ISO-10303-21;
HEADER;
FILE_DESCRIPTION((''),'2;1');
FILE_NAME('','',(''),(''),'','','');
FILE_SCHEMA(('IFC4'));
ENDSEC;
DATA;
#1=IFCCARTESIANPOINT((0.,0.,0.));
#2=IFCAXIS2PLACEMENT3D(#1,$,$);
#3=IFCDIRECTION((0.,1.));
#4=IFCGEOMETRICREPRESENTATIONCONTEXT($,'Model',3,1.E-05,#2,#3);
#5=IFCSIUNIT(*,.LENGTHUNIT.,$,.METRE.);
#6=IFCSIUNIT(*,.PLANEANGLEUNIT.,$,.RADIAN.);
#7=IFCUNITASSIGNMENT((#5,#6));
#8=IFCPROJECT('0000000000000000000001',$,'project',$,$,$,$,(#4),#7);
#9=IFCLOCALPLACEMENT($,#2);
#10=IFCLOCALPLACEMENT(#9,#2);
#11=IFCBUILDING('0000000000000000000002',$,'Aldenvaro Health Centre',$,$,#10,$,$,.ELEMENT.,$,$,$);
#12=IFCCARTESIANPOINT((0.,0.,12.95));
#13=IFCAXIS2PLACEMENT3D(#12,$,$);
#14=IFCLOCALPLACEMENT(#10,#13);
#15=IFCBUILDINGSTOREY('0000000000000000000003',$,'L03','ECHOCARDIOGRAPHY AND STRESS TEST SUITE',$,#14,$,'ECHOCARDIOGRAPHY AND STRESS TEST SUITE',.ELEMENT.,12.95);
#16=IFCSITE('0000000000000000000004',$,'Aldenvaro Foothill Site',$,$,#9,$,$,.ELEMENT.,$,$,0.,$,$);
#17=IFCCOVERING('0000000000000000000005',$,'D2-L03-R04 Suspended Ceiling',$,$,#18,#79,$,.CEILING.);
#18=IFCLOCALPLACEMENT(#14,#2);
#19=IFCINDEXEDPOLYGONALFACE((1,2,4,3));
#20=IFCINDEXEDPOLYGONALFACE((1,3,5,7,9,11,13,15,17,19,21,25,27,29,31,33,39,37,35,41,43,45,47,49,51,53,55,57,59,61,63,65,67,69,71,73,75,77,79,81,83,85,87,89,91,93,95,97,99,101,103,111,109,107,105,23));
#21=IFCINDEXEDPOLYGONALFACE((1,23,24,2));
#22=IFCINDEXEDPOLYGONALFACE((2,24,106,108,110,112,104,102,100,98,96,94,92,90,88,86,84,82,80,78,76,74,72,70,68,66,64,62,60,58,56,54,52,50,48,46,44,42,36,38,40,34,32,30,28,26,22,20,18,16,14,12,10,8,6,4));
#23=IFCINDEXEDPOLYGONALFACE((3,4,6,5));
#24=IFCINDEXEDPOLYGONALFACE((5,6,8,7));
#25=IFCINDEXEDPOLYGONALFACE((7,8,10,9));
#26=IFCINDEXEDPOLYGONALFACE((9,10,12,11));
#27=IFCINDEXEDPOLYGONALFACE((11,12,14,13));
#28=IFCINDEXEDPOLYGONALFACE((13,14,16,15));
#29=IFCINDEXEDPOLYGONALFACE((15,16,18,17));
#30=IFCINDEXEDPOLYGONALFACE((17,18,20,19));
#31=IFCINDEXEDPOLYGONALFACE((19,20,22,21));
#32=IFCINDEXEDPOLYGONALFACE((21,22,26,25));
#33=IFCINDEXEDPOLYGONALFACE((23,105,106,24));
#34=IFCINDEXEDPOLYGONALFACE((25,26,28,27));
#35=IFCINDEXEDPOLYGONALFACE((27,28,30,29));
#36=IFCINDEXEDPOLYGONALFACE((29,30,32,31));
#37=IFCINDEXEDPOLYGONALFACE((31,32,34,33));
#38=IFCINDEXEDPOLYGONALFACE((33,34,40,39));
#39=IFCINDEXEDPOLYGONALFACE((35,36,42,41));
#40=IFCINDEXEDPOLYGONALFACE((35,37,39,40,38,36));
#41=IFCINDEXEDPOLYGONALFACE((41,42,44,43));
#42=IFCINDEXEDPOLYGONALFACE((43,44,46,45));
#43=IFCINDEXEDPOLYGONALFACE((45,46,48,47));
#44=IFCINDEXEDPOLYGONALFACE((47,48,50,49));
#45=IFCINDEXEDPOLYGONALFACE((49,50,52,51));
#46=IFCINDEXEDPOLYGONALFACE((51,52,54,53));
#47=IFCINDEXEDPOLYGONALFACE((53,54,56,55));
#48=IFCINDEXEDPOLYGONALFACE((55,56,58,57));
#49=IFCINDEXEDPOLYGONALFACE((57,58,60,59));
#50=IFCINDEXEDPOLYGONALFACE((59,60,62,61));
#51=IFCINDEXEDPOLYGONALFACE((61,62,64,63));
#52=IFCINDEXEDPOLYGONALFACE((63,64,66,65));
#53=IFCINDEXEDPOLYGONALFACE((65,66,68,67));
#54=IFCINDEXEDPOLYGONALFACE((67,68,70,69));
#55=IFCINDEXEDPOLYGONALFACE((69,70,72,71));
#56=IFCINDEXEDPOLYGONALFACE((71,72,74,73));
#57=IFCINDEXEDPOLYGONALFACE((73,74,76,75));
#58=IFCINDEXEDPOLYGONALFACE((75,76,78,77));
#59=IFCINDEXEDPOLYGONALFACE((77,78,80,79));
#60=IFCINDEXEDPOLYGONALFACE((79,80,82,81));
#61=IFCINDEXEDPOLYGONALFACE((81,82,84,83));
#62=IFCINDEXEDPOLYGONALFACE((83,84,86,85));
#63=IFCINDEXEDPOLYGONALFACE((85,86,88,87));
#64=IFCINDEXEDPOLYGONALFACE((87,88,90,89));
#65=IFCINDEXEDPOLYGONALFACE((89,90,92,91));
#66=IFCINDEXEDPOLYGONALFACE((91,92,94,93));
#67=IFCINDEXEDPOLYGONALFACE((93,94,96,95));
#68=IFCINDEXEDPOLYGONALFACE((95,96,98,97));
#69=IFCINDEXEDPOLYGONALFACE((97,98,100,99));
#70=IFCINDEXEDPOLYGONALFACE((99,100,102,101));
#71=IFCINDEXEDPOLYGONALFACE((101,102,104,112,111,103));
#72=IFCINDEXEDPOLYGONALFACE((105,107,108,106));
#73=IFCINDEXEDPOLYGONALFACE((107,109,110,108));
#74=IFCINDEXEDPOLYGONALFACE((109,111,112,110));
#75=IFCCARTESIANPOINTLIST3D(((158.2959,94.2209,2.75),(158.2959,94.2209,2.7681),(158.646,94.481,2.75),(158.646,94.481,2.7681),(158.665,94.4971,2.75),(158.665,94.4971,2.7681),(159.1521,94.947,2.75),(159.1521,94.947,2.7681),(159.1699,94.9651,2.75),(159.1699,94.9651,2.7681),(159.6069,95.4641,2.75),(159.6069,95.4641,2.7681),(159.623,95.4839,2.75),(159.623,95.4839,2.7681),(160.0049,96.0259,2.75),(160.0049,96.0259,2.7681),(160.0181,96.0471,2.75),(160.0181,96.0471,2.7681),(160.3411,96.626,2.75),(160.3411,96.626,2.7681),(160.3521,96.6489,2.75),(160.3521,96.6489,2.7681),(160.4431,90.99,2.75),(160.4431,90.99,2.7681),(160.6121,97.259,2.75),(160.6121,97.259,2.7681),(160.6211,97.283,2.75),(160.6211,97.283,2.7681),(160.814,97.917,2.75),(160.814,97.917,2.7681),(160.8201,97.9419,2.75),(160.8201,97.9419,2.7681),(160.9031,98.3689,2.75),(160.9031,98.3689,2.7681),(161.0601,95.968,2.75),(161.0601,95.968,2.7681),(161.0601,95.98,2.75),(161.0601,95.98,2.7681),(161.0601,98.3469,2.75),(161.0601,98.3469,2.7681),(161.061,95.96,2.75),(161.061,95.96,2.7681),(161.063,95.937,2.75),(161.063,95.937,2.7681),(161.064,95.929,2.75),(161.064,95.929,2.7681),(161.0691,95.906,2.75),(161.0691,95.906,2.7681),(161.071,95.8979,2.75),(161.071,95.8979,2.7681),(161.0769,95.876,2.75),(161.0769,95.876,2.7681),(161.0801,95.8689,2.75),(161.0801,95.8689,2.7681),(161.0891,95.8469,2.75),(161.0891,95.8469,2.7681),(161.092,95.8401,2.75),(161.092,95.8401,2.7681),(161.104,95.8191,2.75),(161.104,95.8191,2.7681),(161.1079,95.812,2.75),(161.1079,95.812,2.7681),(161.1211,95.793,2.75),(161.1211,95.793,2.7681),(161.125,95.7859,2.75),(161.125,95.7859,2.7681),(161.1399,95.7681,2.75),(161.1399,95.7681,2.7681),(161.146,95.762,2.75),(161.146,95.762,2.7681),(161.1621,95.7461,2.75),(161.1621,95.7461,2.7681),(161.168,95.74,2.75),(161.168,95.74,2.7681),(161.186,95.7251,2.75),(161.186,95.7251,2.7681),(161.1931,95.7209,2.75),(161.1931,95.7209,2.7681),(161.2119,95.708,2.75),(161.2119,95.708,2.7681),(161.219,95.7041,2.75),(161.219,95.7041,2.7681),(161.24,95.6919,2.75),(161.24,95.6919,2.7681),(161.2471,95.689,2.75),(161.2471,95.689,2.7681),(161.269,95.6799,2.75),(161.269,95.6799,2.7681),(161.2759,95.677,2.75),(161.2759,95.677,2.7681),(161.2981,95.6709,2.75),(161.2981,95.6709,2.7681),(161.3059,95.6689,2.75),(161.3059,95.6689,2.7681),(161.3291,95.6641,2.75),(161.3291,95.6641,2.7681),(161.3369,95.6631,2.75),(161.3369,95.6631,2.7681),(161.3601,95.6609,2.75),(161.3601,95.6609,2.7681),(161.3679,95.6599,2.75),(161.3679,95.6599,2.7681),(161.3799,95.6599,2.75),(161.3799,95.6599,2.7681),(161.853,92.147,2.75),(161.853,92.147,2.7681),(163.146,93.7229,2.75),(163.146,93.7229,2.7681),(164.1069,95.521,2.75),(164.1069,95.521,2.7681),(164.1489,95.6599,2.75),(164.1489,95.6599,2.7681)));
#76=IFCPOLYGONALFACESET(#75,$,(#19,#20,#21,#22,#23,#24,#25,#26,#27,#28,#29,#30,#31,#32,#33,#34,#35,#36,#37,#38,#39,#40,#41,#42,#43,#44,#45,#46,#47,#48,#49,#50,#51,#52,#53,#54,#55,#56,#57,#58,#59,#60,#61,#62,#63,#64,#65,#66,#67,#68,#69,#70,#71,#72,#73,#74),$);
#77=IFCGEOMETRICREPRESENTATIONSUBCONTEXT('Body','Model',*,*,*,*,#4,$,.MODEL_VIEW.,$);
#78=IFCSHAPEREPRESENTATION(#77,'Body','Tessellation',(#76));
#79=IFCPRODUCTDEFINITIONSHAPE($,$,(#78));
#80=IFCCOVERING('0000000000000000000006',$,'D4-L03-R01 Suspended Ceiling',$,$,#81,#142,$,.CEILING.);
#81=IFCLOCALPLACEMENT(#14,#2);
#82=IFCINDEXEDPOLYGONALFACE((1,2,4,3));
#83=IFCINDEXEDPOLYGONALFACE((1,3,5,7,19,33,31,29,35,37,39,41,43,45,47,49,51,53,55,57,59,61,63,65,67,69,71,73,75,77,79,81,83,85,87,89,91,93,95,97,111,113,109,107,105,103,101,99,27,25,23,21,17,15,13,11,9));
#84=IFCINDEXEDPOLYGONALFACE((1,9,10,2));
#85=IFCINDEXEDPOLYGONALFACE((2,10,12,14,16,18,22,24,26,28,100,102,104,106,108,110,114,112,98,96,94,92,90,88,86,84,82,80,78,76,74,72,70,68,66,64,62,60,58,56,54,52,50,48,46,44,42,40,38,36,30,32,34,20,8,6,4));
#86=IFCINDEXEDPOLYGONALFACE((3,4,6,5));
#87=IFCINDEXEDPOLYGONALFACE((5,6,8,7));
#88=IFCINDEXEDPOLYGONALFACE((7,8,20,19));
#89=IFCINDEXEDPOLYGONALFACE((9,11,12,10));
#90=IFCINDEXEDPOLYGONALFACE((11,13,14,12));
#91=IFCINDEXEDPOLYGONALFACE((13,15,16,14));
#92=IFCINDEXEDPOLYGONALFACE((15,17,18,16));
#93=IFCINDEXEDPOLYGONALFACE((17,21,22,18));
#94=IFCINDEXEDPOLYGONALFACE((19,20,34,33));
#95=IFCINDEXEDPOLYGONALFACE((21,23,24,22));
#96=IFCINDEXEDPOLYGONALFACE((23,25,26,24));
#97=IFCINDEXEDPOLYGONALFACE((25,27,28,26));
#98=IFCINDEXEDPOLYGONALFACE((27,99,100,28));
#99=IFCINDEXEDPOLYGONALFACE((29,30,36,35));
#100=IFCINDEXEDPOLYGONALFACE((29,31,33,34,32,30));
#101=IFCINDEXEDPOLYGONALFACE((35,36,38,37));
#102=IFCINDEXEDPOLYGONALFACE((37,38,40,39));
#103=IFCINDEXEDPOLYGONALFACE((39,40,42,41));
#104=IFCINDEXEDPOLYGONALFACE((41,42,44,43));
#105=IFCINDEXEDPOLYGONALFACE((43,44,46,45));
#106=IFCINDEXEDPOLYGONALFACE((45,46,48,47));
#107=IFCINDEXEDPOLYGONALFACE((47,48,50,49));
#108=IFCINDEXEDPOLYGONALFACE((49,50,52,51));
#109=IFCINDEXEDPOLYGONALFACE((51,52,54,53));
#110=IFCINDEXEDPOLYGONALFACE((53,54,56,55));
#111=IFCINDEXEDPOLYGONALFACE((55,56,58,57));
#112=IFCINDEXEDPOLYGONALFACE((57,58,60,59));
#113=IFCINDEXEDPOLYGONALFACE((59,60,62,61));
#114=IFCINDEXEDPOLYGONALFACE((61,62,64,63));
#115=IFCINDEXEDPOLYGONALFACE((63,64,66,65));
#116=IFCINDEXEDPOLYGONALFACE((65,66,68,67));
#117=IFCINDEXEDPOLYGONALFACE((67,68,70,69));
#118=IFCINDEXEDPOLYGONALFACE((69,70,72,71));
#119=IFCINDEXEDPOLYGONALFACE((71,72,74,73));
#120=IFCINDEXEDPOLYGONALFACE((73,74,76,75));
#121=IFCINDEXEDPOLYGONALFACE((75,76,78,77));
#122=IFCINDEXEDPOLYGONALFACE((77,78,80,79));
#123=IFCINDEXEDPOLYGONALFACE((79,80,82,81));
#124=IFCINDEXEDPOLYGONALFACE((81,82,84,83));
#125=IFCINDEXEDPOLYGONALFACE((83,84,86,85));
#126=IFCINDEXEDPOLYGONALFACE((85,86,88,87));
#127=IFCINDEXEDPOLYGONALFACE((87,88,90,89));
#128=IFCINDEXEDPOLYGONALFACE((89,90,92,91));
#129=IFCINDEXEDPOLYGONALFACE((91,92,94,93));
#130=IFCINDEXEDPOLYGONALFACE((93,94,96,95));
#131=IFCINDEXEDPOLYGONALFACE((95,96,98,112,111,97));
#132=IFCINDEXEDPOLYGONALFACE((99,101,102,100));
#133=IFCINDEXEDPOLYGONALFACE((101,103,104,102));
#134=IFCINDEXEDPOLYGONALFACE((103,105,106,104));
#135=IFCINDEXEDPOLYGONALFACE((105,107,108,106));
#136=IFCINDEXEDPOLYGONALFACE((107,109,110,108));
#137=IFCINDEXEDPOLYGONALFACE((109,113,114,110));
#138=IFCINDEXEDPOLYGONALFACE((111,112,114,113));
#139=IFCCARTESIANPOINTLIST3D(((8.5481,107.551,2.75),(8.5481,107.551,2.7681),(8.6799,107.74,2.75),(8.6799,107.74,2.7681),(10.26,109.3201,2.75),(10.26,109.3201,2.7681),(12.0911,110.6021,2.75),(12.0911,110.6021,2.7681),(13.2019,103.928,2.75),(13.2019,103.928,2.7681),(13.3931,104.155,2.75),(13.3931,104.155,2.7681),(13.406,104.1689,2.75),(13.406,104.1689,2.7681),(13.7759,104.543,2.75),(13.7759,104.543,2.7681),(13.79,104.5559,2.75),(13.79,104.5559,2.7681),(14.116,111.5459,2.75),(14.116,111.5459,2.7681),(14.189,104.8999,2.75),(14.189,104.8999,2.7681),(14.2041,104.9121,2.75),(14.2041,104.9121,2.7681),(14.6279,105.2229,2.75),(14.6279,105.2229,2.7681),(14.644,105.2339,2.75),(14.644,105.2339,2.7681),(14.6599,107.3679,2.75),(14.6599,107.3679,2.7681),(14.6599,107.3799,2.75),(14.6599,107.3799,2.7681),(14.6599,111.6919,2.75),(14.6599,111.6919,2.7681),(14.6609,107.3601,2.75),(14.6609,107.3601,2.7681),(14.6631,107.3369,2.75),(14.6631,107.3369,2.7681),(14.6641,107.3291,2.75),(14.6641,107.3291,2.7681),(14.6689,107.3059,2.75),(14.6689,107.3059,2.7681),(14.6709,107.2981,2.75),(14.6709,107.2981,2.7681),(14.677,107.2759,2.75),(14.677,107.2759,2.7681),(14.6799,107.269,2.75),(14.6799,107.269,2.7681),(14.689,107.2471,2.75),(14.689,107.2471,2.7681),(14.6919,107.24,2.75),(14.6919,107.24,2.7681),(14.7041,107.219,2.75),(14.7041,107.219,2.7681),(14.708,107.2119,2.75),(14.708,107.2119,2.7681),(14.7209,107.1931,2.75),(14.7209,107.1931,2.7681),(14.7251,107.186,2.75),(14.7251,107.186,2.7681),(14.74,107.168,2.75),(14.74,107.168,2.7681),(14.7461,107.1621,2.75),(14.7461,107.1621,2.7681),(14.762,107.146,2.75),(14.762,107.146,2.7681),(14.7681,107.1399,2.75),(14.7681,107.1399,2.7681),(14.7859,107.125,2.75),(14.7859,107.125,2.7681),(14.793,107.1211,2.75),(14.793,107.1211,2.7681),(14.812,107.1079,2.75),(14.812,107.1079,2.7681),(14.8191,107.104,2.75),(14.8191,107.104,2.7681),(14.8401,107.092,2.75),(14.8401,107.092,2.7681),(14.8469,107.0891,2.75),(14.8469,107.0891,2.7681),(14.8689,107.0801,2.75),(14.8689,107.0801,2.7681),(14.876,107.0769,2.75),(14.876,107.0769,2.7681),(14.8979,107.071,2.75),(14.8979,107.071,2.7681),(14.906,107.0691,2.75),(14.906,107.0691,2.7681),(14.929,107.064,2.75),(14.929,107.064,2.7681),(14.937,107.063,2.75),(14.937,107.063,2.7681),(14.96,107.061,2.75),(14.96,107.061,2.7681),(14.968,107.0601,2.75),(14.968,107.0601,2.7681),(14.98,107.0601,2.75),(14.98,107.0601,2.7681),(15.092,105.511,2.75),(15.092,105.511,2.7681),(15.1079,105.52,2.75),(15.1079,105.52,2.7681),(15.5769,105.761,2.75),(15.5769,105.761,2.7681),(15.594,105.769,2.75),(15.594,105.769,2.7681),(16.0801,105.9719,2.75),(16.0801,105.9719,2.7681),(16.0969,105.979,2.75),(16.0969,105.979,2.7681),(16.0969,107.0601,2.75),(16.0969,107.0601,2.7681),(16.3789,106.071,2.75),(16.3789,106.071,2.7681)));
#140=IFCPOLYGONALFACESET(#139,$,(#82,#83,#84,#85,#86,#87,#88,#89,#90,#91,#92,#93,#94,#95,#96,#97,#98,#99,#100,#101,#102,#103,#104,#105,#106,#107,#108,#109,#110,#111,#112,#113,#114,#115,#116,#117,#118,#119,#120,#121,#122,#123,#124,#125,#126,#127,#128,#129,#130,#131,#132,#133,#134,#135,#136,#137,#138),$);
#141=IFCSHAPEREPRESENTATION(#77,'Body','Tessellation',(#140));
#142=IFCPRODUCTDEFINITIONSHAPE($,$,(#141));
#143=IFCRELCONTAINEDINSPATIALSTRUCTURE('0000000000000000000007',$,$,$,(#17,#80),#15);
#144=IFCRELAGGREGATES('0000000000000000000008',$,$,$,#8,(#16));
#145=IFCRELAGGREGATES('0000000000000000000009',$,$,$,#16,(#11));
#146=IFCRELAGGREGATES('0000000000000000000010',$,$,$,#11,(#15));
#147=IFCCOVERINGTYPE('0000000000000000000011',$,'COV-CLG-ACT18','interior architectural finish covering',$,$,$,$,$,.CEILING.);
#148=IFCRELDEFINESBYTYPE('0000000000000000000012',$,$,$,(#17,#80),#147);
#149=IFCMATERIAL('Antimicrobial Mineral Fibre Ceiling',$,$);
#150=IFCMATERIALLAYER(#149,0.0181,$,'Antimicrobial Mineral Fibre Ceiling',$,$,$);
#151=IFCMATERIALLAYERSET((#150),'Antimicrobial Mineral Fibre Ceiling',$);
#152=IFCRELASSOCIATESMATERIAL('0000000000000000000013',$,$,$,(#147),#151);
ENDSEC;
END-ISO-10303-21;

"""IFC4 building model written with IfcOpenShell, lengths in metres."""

from ifc_helpers import new_model, si_unit, direction, frame, origin, place, context, subcontext, project, spatial, polyline, outline, extrude, material, layer, layer_set, type_object, element, save


model = new_model("IFC4")

# Units and contexts
model_context = context("Model", 3, precision=1e-05, world=origin(), true_north=direction((0.0, 1.0)))
body_context = subcontext(model_context, "Body", "Model", "MODEL_VIEW")
ifc_project = project(units=[si_unit("LENGTHUNIT", "METRE"), si_unit("PLANEANGLEUNIT", "RADIAN")], contexts=[model_context])

# Site, building, storey
site_placement = place(None, origin())
site = spatial("IfcSite", under=ifc_project, at=site_placement, Name="Aldenvaro Foothill Site", CompositionType="ELEMENT", RefElevation=0.0)
building_placement = place(site_placement, origin())
building = spatial("IfcBuilding", under=site, at=building_placement, Name="Aldenvaro Health Centre", CompositionType="ELEMENT")
storey_placement = place(building_placement, frame((0.0, 0.0, 12.95)))
storey = spatial("IfcBuildingStorey", under=building, at=storey_placement, Name="L03", Description="ECHOCARDIOGRAPHY AND STRESS TEST SUITE", LongName="ECHOCARDIOGRAPHY AND STRESS TEST SUITE", CompositionType="ELEMENT", Elevation=12.95)

# Coverings
ifc_material_1 = material(Name="Antimicrobial Mineral Fibre Ceiling")
ifc_layer_1 = layer(ifc_material_1, 0.0181, Name="Antimicrobial Mineral Fibre Ceiling")
ifc_layer_set_1 = layer_set([ifc_layer_1], Name="Antimicrobial Mineral Fibre Ceiling")
covering_type_1 = type_object("IfcCoveringType", Name="COV-CLG-ACT18", Description="interior architectural finish covering", PredefinedType="CEILING", material=ifc_layer_set_1)
covering_1_placement = place(storey_placement, frame((0.0, 0.0, 2.75)))
element("IfcCovering", 1, at=covering_1_placement, inside=storey, type_object=covering_type_1, Name="D2-L03-R04 Suspended Ceiling", PredefinedType="CEILING", context=body_context, shape_type="SweptSolid", body=[
    extrude(outline(polyline([(158.646, 94.481), (158.665, 94.4971), (159.1521, 94.947), (159.1699, 94.9651), (159.6069, 95.4641), (159.623, 95.4839), (160.0049, 96.0259), (160.0181, 96.0471), (160.3411, 96.626), (160.3521, 96.6489), (160.6121, 97.259), (160.6211, 97.283), (160.814, 97.917), (160.8201, 97.9419), (160.9031, 98.3689), (161.0601, 98.3469), (161.0601, 95.98), (161.0601, 95.968), (161.061, 95.96), (161.063, 95.937), (161.064, 95.929), (161.0691, 95.906), (161.071, 95.8979), (161.0769, 95.876), (161.0801, 95.8689), (161.0891, 95.8469), (161.092, 95.8401), (161.104, 95.8191), (161.1079, 95.812), (161.1211, 95.793), (161.125, 95.7859), (161.1399, 95.7681), (161.146, 95.762), (161.1621, 95.7461), (161.168, 95.74), (161.186, 95.7251), (161.1931, 95.7209), (161.2119, 95.708), (161.219, 95.7041), (161.24, 95.6919), (161.2471, 95.689), (161.269, 95.6799), (161.2759, 95.677), (161.2981, 95.6709), (161.3059, 95.6689), (161.3291, 95.6641), (161.3369, 95.6631), (161.3601, 95.6609), (161.3679, 95.6599), (161.3799, 95.6599), (164.1489, 95.6599), (164.1069, 95.521), (163.146, 93.7229), (161.853, 92.147), (160.4431, 90.99), (158.2959, 94.2209), (158.646, 94.481)])), origin(), (0.0, 0.0, 1.0), 0.0181),
])
covering_2_placement = place(storey_placement, frame((0.0, 0.0, 2.75)))
element("IfcCovering", 2, at=covering_2_placement, inside=storey, type_object=covering_type_1, Name="D4-L03-R01 Suspended Ceiling", PredefinedType="CEILING", context=body_context, shape_type="SweptSolid", body=[
    extrude(outline(polyline([(16.0969, 105.979), (16.0801, 105.9719), (15.594, 105.769), (15.5769, 105.761), (15.1079, 105.52), (15.092, 105.511), (14.644, 105.2339), (14.6279, 105.2229), (14.2041, 104.9121), (14.189, 104.8999), (13.79, 104.5559), (13.7759, 104.543), (13.406, 104.1689), (13.3931, 104.155), (13.2019, 103.928), (8.5481, 107.551), (8.6799, 107.74), (10.26, 109.3201), (12.0911, 110.6021), (14.116, 111.5459), (14.6599, 111.6919), (14.6599, 107.3799), (14.6599, 107.3679), (14.6609, 107.3601), (14.6631, 107.3369), (14.6641, 107.3291), (14.6689, 107.3059), (14.6709, 107.2981), (14.677, 107.2759), (14.6799, 107.269), (14.689, 107.2471), (14.6919, 107.24), (14.7041, 107.219), (14.708, 107.2119), (14.7209, 107.1931), (14.7251, 107.186), (14.74, 107.168), (14.7461, 107.1621), (14.762, 107.146), (14.7681, 107.1399), (14.7859, 107.125), (14.793, 107.1211), (14.812, 107.1079), (14.8191, 107.104), (14.8401, 107.092), (14.8469, 107.0891), (14.8689, 107.0801), (14.876, 107.0769), (14.8979, 107.071), (14.906, 107.0691), (14.929, 107.064), (14.937, 107.063), (14.96, 107.061), (14.968, 107.0601), (14.98, 107.0601), (16.0969, 107.0601), (16.3789, 106.071), (16.0969, 105.979)])), origin(), (0.0, 0.0, 1.0), 0.0181),
])

save(model, "model.ifc")
